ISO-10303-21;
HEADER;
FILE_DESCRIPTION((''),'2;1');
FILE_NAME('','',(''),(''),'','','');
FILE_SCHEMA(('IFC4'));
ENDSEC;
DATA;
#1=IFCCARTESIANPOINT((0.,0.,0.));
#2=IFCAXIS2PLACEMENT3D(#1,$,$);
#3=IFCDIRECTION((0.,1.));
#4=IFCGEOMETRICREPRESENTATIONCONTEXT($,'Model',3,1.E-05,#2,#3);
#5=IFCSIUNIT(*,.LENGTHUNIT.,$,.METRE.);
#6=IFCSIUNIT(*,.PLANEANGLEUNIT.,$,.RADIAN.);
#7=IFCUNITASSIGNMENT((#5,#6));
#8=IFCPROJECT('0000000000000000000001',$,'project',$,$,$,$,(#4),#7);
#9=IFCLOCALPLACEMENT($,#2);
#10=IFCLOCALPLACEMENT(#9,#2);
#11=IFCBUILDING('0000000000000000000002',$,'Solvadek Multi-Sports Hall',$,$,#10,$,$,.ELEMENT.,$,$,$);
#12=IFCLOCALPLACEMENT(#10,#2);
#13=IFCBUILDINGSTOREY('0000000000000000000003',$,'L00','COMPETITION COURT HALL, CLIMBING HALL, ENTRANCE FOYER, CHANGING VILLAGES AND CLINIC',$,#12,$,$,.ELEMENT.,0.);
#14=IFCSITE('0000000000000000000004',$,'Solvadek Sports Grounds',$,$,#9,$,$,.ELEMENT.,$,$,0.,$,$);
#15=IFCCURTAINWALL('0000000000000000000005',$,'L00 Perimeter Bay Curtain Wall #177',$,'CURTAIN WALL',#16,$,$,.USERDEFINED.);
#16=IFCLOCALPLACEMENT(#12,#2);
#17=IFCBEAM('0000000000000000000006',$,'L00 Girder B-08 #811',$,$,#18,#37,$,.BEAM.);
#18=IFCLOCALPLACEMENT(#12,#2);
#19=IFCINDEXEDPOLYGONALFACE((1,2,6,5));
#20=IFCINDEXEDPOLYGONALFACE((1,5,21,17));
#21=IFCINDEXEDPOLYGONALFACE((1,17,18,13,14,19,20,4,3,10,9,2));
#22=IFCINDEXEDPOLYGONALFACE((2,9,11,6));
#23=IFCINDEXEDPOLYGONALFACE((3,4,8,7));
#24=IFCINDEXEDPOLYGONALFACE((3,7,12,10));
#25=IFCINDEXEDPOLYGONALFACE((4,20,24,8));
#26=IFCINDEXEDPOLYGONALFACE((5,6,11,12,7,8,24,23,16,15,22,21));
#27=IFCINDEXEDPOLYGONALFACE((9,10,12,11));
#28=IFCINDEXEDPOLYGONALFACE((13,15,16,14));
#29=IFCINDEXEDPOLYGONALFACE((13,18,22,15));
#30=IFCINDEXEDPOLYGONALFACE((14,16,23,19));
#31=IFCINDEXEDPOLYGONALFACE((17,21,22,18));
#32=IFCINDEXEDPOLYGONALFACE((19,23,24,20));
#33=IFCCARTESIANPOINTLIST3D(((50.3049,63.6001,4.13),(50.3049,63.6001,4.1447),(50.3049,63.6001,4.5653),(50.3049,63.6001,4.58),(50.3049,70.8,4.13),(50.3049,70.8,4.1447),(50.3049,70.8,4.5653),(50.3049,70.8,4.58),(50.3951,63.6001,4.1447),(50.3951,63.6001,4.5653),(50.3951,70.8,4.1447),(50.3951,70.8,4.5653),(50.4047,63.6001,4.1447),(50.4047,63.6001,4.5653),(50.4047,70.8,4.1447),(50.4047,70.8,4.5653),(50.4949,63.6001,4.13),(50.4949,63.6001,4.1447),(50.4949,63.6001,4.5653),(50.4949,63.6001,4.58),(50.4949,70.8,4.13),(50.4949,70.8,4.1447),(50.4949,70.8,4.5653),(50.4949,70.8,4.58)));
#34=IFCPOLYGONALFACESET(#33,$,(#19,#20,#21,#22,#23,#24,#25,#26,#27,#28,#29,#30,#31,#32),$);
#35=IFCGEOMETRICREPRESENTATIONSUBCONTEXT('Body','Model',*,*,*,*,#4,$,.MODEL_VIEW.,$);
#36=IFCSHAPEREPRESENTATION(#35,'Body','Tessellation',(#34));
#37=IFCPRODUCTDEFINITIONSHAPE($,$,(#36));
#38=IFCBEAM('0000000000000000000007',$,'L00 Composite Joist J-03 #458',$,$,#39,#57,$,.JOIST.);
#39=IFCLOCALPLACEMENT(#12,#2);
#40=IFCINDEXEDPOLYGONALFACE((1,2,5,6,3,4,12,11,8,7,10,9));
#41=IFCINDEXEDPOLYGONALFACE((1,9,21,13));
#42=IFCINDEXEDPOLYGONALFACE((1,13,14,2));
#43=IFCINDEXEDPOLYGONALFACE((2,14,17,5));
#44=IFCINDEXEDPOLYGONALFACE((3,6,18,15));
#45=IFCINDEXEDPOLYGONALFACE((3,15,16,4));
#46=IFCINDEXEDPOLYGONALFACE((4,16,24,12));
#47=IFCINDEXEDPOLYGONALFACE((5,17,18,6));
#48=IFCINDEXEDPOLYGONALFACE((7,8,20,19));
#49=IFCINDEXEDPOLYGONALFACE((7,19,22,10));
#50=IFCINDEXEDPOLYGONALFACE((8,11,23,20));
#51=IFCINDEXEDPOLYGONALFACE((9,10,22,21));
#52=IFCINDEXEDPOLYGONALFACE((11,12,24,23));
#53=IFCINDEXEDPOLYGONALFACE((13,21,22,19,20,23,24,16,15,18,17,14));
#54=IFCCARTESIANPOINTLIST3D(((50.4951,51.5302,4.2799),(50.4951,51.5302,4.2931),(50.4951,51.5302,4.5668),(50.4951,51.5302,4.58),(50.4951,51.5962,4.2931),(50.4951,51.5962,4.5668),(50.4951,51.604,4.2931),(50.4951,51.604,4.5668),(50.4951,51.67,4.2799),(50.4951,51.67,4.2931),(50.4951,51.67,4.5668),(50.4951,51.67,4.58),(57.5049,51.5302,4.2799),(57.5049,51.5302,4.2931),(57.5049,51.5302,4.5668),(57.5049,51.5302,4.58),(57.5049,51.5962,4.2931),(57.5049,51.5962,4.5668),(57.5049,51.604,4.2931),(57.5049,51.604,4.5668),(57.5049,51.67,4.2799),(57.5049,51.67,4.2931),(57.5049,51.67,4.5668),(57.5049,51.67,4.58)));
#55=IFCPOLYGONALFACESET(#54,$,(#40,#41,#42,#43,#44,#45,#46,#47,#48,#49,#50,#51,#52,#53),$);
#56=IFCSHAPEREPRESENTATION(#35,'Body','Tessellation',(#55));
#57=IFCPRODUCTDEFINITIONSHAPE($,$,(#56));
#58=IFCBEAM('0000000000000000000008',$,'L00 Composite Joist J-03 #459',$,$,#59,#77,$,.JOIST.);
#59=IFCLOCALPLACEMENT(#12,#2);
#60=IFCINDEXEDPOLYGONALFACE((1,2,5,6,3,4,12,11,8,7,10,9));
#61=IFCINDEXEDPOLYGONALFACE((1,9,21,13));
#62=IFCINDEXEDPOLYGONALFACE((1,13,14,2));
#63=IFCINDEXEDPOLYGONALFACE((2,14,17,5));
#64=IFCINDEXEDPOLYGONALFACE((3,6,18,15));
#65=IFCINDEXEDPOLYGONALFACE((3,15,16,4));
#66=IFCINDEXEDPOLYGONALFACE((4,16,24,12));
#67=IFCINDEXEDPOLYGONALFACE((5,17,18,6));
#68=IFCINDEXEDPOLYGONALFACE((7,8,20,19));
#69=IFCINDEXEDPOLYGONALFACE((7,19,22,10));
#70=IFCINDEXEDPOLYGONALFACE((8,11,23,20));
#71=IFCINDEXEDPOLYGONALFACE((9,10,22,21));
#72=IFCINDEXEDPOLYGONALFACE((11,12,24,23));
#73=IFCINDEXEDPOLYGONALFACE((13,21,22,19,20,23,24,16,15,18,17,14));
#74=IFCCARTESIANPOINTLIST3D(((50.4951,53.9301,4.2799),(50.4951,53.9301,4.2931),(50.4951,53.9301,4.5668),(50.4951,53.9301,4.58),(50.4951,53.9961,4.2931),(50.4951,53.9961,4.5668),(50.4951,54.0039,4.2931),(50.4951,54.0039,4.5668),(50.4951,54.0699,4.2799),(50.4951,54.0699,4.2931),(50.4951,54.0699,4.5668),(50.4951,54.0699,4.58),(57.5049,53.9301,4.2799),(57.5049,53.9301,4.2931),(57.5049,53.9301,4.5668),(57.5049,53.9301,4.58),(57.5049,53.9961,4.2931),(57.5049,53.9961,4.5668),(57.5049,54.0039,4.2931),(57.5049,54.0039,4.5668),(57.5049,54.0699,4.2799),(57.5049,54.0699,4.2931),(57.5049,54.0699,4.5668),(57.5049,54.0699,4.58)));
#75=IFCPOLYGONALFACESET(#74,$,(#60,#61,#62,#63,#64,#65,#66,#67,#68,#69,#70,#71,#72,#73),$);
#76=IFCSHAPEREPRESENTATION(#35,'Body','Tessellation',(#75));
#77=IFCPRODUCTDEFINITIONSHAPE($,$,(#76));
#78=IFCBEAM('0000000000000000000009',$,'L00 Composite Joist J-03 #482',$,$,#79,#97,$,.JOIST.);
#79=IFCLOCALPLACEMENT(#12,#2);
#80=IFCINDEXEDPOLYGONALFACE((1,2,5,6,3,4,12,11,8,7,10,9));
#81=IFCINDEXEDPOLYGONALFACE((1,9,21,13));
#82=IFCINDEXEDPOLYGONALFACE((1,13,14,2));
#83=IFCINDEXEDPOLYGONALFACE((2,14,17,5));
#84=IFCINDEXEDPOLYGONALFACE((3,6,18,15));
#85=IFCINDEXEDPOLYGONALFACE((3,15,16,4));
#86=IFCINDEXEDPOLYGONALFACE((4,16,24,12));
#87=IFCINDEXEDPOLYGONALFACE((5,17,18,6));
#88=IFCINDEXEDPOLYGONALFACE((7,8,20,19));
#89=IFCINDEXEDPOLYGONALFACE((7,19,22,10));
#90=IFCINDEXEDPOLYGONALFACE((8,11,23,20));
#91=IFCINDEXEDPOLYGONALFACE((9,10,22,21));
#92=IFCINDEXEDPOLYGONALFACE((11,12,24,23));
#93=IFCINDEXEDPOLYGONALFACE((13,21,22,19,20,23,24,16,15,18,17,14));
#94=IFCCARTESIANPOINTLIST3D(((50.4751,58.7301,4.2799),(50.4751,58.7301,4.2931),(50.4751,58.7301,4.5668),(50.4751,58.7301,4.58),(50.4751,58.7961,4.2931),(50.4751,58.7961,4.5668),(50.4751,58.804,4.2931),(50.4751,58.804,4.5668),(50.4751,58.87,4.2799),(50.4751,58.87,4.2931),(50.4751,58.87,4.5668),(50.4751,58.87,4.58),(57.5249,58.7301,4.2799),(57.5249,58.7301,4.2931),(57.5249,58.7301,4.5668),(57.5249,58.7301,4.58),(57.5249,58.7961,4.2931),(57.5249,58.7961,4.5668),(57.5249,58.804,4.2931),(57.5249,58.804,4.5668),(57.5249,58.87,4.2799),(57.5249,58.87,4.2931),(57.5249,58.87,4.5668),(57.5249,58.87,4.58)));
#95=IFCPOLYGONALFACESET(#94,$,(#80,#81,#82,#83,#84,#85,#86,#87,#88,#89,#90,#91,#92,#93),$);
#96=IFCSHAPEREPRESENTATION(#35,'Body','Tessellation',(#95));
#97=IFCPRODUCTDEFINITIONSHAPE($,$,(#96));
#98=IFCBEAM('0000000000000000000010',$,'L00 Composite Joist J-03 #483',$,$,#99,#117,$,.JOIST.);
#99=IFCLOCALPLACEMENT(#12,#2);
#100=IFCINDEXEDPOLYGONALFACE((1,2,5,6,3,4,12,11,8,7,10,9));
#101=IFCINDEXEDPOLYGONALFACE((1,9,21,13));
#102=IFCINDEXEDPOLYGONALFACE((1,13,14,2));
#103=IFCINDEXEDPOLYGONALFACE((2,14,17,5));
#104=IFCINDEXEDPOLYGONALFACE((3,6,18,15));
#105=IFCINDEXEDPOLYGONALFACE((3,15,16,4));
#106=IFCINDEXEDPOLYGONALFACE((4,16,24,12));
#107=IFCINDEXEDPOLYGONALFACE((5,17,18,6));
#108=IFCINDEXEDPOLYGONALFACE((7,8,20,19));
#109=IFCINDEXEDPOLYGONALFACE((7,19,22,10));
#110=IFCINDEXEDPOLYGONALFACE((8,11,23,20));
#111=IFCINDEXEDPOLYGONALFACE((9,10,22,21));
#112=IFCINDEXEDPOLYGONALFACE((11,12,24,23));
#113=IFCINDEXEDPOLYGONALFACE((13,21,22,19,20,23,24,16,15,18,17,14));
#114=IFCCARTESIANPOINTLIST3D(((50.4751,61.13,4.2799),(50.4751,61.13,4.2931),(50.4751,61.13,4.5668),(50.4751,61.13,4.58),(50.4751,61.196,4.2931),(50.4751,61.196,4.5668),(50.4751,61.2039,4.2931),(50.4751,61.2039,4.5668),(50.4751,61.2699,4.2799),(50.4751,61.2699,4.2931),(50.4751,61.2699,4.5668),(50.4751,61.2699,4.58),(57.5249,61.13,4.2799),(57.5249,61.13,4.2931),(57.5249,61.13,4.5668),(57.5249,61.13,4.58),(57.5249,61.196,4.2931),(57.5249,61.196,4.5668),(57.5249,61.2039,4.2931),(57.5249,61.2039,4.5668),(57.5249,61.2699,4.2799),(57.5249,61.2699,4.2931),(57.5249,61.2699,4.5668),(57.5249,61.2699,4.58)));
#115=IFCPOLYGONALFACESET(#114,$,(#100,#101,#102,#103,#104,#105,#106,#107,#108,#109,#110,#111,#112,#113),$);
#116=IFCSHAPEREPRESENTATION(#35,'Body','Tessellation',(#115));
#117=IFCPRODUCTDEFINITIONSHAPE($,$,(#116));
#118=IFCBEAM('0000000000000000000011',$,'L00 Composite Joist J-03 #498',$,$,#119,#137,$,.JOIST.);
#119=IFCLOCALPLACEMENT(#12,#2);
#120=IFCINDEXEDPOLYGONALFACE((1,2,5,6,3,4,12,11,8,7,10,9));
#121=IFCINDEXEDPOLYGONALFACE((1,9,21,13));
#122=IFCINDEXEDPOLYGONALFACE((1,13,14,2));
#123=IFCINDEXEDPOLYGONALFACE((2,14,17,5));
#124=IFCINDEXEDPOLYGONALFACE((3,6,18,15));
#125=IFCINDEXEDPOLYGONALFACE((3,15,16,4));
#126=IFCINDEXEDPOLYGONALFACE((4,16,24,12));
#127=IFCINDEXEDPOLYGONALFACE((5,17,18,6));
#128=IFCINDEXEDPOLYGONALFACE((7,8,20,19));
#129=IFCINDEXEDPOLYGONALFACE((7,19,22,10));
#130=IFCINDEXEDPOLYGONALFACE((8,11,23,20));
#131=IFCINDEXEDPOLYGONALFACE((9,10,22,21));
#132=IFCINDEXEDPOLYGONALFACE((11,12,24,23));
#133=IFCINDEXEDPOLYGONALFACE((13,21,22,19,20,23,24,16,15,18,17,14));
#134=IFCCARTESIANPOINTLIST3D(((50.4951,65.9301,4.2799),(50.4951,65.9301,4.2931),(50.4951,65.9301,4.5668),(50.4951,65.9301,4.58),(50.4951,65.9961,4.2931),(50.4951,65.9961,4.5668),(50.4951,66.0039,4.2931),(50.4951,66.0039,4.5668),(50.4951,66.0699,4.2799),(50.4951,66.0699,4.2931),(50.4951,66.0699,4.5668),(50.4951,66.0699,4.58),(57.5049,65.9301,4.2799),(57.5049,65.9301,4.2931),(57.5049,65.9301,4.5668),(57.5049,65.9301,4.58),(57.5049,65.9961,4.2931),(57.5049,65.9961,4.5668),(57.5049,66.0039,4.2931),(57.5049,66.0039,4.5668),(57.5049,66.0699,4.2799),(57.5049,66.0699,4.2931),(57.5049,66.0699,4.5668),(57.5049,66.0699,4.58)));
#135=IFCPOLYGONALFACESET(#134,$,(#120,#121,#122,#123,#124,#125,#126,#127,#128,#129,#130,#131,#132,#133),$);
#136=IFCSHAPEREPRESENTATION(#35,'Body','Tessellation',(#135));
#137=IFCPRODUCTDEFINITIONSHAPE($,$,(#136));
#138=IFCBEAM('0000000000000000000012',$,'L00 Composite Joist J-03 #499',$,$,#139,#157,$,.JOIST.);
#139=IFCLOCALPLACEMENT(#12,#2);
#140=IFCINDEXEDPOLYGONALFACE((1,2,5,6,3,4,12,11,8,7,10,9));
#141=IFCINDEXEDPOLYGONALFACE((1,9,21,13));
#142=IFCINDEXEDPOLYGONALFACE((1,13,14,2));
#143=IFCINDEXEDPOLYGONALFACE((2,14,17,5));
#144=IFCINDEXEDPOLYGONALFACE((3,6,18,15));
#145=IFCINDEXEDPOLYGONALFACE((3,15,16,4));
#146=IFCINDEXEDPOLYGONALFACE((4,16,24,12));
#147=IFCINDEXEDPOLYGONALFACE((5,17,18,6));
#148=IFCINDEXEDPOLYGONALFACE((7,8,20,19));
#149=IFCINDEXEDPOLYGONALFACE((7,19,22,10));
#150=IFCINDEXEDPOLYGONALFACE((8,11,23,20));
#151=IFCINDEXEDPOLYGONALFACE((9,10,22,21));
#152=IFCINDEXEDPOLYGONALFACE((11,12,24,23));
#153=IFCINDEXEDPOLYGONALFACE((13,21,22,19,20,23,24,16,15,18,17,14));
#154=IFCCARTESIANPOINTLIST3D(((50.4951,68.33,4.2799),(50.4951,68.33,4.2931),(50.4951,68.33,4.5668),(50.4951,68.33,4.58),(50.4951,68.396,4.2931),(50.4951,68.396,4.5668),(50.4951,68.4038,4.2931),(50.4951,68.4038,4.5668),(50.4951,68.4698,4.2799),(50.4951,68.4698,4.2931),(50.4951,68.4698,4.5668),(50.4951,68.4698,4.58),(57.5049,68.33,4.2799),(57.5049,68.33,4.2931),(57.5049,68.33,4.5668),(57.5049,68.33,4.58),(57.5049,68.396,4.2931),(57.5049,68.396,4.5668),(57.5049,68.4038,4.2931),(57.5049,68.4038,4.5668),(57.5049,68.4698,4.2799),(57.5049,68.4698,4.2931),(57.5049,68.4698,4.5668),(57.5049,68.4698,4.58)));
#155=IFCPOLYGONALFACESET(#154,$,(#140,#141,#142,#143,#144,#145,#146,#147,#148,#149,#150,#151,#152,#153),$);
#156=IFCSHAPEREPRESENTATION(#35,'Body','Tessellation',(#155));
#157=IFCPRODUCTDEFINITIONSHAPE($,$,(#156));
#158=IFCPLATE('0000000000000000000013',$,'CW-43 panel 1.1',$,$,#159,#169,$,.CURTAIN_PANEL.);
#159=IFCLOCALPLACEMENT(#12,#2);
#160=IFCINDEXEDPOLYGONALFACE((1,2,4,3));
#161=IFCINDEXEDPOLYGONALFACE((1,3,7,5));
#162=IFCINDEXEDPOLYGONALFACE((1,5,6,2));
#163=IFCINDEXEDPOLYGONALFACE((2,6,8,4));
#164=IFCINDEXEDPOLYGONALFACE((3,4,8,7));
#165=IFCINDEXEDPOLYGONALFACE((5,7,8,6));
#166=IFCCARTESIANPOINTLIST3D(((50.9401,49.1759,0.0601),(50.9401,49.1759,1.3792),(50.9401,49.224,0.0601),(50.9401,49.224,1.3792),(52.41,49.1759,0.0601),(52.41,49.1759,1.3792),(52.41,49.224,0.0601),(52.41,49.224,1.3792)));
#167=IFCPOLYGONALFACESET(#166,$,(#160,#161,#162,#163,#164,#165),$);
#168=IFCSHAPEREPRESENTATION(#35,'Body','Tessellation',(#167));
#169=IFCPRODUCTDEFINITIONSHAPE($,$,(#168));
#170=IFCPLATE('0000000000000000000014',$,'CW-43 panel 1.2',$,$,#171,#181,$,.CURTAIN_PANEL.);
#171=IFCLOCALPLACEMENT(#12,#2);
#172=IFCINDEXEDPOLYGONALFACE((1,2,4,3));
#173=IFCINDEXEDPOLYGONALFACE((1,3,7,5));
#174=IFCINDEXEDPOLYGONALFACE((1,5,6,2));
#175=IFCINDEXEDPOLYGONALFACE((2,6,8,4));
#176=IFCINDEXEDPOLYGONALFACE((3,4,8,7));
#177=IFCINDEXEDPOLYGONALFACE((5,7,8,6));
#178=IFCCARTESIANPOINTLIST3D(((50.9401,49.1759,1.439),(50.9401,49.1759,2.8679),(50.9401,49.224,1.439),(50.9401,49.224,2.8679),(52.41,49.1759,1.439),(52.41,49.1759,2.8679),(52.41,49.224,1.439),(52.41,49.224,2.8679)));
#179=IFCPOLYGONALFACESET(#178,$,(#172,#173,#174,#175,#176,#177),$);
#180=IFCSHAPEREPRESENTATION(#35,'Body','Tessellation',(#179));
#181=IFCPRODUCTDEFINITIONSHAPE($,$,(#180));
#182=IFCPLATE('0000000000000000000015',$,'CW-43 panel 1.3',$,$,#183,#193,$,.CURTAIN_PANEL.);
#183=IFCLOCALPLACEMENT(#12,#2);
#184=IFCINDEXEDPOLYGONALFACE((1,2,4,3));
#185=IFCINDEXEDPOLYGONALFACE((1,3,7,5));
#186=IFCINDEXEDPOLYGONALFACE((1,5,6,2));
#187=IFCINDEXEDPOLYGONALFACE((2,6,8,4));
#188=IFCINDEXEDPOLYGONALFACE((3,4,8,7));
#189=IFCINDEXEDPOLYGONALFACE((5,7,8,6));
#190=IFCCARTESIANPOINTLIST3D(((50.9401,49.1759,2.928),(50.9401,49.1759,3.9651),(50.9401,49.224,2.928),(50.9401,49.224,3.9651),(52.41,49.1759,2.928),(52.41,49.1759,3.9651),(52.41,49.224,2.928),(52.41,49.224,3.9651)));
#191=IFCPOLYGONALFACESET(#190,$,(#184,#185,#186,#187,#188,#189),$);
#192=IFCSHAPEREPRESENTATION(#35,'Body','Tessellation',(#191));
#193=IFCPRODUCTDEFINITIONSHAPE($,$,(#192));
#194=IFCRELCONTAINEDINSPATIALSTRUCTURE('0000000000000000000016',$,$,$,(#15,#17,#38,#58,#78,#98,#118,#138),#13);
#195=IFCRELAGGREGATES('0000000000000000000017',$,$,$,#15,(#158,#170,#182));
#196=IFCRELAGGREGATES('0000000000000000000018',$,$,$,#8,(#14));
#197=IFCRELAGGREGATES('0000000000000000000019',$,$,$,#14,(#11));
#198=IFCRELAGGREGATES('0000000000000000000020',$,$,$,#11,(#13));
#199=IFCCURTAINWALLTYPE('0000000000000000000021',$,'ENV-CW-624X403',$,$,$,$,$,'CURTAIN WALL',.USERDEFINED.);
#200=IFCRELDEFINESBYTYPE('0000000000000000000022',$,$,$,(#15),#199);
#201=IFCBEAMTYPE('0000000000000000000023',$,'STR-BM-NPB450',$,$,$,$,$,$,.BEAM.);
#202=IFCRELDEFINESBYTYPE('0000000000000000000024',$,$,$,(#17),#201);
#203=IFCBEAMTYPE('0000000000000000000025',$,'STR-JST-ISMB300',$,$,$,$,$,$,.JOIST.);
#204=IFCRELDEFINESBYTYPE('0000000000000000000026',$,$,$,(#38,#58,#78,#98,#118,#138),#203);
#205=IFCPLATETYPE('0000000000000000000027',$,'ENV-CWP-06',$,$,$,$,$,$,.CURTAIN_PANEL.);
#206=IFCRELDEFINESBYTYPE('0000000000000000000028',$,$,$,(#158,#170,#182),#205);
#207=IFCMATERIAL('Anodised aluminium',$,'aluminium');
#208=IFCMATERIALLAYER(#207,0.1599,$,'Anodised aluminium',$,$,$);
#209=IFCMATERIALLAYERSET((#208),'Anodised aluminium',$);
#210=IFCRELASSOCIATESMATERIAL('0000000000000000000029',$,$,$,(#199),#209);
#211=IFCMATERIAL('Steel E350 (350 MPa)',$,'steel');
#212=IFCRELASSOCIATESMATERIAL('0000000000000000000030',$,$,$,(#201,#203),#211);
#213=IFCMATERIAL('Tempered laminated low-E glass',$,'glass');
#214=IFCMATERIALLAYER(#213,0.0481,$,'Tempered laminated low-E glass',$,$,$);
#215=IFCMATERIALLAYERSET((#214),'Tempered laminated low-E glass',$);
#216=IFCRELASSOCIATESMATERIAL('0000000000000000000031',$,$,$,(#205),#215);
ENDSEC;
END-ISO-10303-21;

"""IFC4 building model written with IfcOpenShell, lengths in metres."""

from ifc_helpers import new_model, si_unit, direction, frame, origin, origin_2d, place, context, subcontext, project, spatial, rectangle, i_section, extrude, material, layer, layer_set, material_profile, profile_set, type_object, element, aggregate, save


model = new_model("IFC4")

# Units and contexts
model_context = context("Model", 3, precision=1e-05, world=origin(), true_north=direction((0.0, 1.0)))
body_context = subcontext(model_context, "Body", "Model", "MODEL_VIEW")
ifc_project = project(units=[si_unit("LENGTHUNIT", "METRE"), si_unit("PLANEANGLEUNIT", "RADIAN")], contexts=[model_context])

# Site, building, storey
site_placement = place(None, origin())
site = spatial("IfcSite", under=ifc_project, at=site_placement, Name="Solvadek Sports Grounds", CompositionType="ELEMENT", RefElevation=0.0)
building_placement = place(site_placement, origin())
building = spatial("IfcBuilding", under=site, at=building_placement, Name="Solvadek Multi-Sports Hall", CompositionType="ELEMENT")
storey_placement = place(building_placement, origin())
storey = spatial("IfcBuildingStorey", under=building, at=storey_placement, Name="L00", Description="COMPETITION COURT HALL, CLIMBING HALL, ENTRANCE FOYER, CHANGING VILLAGES AND CLINIC", CompositionType="ELEMENT", Elevation=0.0)

# Shared definitions
ifc_material_1 = material(Name="Steel E350 (350 MPa)", Category="steel")

# Curtain wall
ifc_material_2 = material(Name="Anodised aluminium", Category="aluminium")
ifc_layer_1 = layer(ifc_material_2, 0.1599, Name="Anodised aluminium")
ifc_layer_set_1 = layer_set([ifc_layer_1], Name="Anodised aluminium")
curtain_wall_type = type_object("IfcCurtainWallType", Name="ENV-CW-624X403", ElementType="CURTAIN WALL", PredefinedType="USERDEFINED", material=ifc_layer_set_1)
curtain_wall_placement = place(storey_placement, origin())
curtain_wall = element("IfcCurtainWall", 1, at=curtain_wall_placement, inside=storey, type_object=curtain_wall_type, Name="L00 Perimeter Bay Curtain Wall #177", ObjectType="CURTAIN WALL", PredefinedType="USERDEFINED")

# Beams
ifc_material_profile_1 = material_profile(ifc_material_1, i_section(OverallWidth=0.1899, OverallDepth=0.45, WebThickness=0.0095, FlangeThickness=0.0146, at=origin_2d()), Name="NPB 450")
ifc_profile_set_1 = profile_set([ifc_material_profile_1], Name="Steel E350 (350 MPa)")
beam_type_1 = type_object("IfcBeamType", Name="STR-BM-NPB450", PredefinedType="BEAM", material=ifc_profile_set_1)
beam_1_placement = place(storey_placement, frame((50.3999, 63.6001, 4.355), z_axis=(0.0, 1.0, 0.0), x_axis=(-1.0, 0.0, 0.0)))
element("IfcBeam", 2, at=beam_1_placement, inside=storey, type_object=beam_type_1, Name="L00 Girder B-08 #811", PredefinedType="BEAM", context=body_context, shape_type="SweptSolid", body=[
    extrude(i_section(OverallWidth=0.1899, OverallDepth=0.45, WebThickness=0.0095, FlangeThickness=0.0146, at=origin_2d()), origin(), (0.0, 0.0, 1.0), 7.2),
])
ifc_material_profile_2 = material_profile(ifc_material_1, i_section(OverallWidth=0.1399, OverallDepth=0.3, WebThickness=0.0078, FlangeThickness=0.0132, at=origin_2d()), Name="ISMB 300")
ifc_profile_set_2 = profile_set([ifc_material_profile_2], Name="Steel E350 (350 MPa)")
beam_type_2 = type_object("IfcBeamType", Name="STR-JST-ISMB300", PredefinedType="JOIST", material=ifc_profile_set_2)
for number, where, z_axis, x_axis, name in (
    (3, (50.4951, 51.6001, 4.4299), (1.0, 0.0, 0.0), (0.0, 1.0, 0.0), "L00 Composite Joist J-03 #458"),
    (4, (50.4951, 54.0, 4.4299), (1.0, 0.0, 0.0), (0.0, 1.0, 0.0), "L00 Composite Joist J-03 #459"),
):
    element("IfcBeam", number, at=place(storey_placement, frame(where, z_axis=z_axis, x_axis=x_axis)), inside=storey, type_object=beam_type_2, Name=name, PredefinedType="JOIST", context=body_context, shape_type="SweptSolid", body=[
        extrude(i_section(OverallWidth=0.1399, OverallDepth=0.3, WebThickness=0.0078, FlangeThickness=0.0132, at=origin_2d()), origin(), (0.0, 0.0, 1.0), 7.0098),
    ])
for number, where, z_axis, x_axis, name in (
    (5, (50.4751, 58.8, 4.4299), (1.0, 0.0, 0.0), (0.0, 1.0, 0.0), "L00 Composite Joist J-03 #482"),
    (6, (50.4751, 61.2, 4.4299), (1.0, 0.0, 0.0), (0.0, 1.0, 0.0), "L00 Composite Joist J-03 #483"),
):
    element("IfcBeam", number, at=place(storey_placement, frame(where, z_axis=z_axis, x_axis=x_axis)), inside=storey, type_object=beam_type_2, Name=name, PredefinedType="JOIST", context=body_context, shape_type="SweptSolid", body=[
        extrude(i_section(OverallWidth=0.1399, OverallDepth=0.3, WebThickness=0.0078, FlangeThickness=0.0132, at=origin_2d()), origin(), (0.0, 0.0, 1.0), 7.0498),
    ])
for number, where, z_axis, x_axis, name in (
    (7, (50.4951, 66.0, 4.4299), (1.0, 0.0, 0.0), (0.0, 1.0, 0.0), "L00 Composite Joist J-03 #498"),
    (8, (50.4951, 68.3999, 4.4299), (1.0, 0.0, 0.0), (0.0, 1.0, 0.0), "L00 Composite Joist J-03 #499"),
):
    element("IfcBeam", number, at=place(storey_placement, frame(where, z_axis=z_axis, x_axis=x_axis)), inside=storey, type_object=beam_type_2, Name=name, PredefinedType="JOIST", context=body_context, shape_type="SweptSolid", body=[
        extrude(i_section(OverallWidth=0.1399, OverallDepth=0.3, WebThickness=0.0078, FlangeThickness=0.0132, at=origin_2d()), origin(), (0.0, 0.0, 1.0), 7.0098),
    ])

# Plates
ifc_material_3 = material(Name="Tempered laminated low-E glass", Category="glass")
ifc_layer_2 = layer(ifc_material_3, 0.0481, Name="Tempered laminated low-E glass")
ifc_layer_set_2 = layer_set([ifc_layer_2], Name="Tempered laminated low-E glass")
plate_type = type_object("IfcPlateType", Name="ENV-CWP-06", PredefinedType="CURTAIN_PANEL", material=ifc_layer_set_2)
plate_1_placement = place(storey_placement, frame((51.675, 49.2, 0.0601), z_axis=(0.0, 0.0, 1.0), x_axis=(1.0, 0.0, 0.0)))
plate_1 = element("IfcPlate", 9, at=plate_1_placement, type_object=plate_type, Name="CW-43 panel 1.1", PredefinedType="CURTAIN_PANEL", context=body_context, shape_type="SweptSolid", body=[
    extrude(rectangle(XDim=1.47, YDim=0.0481, at=origin_2d()), origin(), (0.0, 0.0, 1.0), 1.3191),
])
plate_2_placement = place(storey_placement, frame((51.675, 49.2, 1.439), z_axis=(0.0, 0.0, 1.0), x_axis=(1.0, 0.0, 0.0)))
plate_2 = element("IfcPlate", 10, at=plate_2_placement, type_object=plate_type, Name="CW-43 panel 1.2", PredefinedType="CURTAIN_PANEL", context=body_context, shape_type="SweptSolid", body=[
    extrude(rectangle(XDim=1.47, YDim=0.0481, at=origin_2d()), origin(), (0.0, 0.0, 1.0), 1.429),
])
plate_3_placement = place(storey_placement, frame((51.675, 49.2, 2.928), z_axis=(0.0, 0.0, 1.0), x_axis=(1.0, 0.0, 0.0)))
plate_3 = element("IfcPlate", 11, at=plate_3_placement, type_object=plate_type, Name="CW-43 panel 1.3", PredefinedType="CURTAIN_PANEL", context=body_context, shape_type="SweptSolid", body=[
    extrude(rectangle(XDim=1.47, YDim=0.0481, at=origin_2d()), origin(), (0.0, 0.0, 1.0), 1.0371),
])
aggregate(curtain_wall, [plate_1, plate_2, plate_3])

save(model, "model.ifc")
